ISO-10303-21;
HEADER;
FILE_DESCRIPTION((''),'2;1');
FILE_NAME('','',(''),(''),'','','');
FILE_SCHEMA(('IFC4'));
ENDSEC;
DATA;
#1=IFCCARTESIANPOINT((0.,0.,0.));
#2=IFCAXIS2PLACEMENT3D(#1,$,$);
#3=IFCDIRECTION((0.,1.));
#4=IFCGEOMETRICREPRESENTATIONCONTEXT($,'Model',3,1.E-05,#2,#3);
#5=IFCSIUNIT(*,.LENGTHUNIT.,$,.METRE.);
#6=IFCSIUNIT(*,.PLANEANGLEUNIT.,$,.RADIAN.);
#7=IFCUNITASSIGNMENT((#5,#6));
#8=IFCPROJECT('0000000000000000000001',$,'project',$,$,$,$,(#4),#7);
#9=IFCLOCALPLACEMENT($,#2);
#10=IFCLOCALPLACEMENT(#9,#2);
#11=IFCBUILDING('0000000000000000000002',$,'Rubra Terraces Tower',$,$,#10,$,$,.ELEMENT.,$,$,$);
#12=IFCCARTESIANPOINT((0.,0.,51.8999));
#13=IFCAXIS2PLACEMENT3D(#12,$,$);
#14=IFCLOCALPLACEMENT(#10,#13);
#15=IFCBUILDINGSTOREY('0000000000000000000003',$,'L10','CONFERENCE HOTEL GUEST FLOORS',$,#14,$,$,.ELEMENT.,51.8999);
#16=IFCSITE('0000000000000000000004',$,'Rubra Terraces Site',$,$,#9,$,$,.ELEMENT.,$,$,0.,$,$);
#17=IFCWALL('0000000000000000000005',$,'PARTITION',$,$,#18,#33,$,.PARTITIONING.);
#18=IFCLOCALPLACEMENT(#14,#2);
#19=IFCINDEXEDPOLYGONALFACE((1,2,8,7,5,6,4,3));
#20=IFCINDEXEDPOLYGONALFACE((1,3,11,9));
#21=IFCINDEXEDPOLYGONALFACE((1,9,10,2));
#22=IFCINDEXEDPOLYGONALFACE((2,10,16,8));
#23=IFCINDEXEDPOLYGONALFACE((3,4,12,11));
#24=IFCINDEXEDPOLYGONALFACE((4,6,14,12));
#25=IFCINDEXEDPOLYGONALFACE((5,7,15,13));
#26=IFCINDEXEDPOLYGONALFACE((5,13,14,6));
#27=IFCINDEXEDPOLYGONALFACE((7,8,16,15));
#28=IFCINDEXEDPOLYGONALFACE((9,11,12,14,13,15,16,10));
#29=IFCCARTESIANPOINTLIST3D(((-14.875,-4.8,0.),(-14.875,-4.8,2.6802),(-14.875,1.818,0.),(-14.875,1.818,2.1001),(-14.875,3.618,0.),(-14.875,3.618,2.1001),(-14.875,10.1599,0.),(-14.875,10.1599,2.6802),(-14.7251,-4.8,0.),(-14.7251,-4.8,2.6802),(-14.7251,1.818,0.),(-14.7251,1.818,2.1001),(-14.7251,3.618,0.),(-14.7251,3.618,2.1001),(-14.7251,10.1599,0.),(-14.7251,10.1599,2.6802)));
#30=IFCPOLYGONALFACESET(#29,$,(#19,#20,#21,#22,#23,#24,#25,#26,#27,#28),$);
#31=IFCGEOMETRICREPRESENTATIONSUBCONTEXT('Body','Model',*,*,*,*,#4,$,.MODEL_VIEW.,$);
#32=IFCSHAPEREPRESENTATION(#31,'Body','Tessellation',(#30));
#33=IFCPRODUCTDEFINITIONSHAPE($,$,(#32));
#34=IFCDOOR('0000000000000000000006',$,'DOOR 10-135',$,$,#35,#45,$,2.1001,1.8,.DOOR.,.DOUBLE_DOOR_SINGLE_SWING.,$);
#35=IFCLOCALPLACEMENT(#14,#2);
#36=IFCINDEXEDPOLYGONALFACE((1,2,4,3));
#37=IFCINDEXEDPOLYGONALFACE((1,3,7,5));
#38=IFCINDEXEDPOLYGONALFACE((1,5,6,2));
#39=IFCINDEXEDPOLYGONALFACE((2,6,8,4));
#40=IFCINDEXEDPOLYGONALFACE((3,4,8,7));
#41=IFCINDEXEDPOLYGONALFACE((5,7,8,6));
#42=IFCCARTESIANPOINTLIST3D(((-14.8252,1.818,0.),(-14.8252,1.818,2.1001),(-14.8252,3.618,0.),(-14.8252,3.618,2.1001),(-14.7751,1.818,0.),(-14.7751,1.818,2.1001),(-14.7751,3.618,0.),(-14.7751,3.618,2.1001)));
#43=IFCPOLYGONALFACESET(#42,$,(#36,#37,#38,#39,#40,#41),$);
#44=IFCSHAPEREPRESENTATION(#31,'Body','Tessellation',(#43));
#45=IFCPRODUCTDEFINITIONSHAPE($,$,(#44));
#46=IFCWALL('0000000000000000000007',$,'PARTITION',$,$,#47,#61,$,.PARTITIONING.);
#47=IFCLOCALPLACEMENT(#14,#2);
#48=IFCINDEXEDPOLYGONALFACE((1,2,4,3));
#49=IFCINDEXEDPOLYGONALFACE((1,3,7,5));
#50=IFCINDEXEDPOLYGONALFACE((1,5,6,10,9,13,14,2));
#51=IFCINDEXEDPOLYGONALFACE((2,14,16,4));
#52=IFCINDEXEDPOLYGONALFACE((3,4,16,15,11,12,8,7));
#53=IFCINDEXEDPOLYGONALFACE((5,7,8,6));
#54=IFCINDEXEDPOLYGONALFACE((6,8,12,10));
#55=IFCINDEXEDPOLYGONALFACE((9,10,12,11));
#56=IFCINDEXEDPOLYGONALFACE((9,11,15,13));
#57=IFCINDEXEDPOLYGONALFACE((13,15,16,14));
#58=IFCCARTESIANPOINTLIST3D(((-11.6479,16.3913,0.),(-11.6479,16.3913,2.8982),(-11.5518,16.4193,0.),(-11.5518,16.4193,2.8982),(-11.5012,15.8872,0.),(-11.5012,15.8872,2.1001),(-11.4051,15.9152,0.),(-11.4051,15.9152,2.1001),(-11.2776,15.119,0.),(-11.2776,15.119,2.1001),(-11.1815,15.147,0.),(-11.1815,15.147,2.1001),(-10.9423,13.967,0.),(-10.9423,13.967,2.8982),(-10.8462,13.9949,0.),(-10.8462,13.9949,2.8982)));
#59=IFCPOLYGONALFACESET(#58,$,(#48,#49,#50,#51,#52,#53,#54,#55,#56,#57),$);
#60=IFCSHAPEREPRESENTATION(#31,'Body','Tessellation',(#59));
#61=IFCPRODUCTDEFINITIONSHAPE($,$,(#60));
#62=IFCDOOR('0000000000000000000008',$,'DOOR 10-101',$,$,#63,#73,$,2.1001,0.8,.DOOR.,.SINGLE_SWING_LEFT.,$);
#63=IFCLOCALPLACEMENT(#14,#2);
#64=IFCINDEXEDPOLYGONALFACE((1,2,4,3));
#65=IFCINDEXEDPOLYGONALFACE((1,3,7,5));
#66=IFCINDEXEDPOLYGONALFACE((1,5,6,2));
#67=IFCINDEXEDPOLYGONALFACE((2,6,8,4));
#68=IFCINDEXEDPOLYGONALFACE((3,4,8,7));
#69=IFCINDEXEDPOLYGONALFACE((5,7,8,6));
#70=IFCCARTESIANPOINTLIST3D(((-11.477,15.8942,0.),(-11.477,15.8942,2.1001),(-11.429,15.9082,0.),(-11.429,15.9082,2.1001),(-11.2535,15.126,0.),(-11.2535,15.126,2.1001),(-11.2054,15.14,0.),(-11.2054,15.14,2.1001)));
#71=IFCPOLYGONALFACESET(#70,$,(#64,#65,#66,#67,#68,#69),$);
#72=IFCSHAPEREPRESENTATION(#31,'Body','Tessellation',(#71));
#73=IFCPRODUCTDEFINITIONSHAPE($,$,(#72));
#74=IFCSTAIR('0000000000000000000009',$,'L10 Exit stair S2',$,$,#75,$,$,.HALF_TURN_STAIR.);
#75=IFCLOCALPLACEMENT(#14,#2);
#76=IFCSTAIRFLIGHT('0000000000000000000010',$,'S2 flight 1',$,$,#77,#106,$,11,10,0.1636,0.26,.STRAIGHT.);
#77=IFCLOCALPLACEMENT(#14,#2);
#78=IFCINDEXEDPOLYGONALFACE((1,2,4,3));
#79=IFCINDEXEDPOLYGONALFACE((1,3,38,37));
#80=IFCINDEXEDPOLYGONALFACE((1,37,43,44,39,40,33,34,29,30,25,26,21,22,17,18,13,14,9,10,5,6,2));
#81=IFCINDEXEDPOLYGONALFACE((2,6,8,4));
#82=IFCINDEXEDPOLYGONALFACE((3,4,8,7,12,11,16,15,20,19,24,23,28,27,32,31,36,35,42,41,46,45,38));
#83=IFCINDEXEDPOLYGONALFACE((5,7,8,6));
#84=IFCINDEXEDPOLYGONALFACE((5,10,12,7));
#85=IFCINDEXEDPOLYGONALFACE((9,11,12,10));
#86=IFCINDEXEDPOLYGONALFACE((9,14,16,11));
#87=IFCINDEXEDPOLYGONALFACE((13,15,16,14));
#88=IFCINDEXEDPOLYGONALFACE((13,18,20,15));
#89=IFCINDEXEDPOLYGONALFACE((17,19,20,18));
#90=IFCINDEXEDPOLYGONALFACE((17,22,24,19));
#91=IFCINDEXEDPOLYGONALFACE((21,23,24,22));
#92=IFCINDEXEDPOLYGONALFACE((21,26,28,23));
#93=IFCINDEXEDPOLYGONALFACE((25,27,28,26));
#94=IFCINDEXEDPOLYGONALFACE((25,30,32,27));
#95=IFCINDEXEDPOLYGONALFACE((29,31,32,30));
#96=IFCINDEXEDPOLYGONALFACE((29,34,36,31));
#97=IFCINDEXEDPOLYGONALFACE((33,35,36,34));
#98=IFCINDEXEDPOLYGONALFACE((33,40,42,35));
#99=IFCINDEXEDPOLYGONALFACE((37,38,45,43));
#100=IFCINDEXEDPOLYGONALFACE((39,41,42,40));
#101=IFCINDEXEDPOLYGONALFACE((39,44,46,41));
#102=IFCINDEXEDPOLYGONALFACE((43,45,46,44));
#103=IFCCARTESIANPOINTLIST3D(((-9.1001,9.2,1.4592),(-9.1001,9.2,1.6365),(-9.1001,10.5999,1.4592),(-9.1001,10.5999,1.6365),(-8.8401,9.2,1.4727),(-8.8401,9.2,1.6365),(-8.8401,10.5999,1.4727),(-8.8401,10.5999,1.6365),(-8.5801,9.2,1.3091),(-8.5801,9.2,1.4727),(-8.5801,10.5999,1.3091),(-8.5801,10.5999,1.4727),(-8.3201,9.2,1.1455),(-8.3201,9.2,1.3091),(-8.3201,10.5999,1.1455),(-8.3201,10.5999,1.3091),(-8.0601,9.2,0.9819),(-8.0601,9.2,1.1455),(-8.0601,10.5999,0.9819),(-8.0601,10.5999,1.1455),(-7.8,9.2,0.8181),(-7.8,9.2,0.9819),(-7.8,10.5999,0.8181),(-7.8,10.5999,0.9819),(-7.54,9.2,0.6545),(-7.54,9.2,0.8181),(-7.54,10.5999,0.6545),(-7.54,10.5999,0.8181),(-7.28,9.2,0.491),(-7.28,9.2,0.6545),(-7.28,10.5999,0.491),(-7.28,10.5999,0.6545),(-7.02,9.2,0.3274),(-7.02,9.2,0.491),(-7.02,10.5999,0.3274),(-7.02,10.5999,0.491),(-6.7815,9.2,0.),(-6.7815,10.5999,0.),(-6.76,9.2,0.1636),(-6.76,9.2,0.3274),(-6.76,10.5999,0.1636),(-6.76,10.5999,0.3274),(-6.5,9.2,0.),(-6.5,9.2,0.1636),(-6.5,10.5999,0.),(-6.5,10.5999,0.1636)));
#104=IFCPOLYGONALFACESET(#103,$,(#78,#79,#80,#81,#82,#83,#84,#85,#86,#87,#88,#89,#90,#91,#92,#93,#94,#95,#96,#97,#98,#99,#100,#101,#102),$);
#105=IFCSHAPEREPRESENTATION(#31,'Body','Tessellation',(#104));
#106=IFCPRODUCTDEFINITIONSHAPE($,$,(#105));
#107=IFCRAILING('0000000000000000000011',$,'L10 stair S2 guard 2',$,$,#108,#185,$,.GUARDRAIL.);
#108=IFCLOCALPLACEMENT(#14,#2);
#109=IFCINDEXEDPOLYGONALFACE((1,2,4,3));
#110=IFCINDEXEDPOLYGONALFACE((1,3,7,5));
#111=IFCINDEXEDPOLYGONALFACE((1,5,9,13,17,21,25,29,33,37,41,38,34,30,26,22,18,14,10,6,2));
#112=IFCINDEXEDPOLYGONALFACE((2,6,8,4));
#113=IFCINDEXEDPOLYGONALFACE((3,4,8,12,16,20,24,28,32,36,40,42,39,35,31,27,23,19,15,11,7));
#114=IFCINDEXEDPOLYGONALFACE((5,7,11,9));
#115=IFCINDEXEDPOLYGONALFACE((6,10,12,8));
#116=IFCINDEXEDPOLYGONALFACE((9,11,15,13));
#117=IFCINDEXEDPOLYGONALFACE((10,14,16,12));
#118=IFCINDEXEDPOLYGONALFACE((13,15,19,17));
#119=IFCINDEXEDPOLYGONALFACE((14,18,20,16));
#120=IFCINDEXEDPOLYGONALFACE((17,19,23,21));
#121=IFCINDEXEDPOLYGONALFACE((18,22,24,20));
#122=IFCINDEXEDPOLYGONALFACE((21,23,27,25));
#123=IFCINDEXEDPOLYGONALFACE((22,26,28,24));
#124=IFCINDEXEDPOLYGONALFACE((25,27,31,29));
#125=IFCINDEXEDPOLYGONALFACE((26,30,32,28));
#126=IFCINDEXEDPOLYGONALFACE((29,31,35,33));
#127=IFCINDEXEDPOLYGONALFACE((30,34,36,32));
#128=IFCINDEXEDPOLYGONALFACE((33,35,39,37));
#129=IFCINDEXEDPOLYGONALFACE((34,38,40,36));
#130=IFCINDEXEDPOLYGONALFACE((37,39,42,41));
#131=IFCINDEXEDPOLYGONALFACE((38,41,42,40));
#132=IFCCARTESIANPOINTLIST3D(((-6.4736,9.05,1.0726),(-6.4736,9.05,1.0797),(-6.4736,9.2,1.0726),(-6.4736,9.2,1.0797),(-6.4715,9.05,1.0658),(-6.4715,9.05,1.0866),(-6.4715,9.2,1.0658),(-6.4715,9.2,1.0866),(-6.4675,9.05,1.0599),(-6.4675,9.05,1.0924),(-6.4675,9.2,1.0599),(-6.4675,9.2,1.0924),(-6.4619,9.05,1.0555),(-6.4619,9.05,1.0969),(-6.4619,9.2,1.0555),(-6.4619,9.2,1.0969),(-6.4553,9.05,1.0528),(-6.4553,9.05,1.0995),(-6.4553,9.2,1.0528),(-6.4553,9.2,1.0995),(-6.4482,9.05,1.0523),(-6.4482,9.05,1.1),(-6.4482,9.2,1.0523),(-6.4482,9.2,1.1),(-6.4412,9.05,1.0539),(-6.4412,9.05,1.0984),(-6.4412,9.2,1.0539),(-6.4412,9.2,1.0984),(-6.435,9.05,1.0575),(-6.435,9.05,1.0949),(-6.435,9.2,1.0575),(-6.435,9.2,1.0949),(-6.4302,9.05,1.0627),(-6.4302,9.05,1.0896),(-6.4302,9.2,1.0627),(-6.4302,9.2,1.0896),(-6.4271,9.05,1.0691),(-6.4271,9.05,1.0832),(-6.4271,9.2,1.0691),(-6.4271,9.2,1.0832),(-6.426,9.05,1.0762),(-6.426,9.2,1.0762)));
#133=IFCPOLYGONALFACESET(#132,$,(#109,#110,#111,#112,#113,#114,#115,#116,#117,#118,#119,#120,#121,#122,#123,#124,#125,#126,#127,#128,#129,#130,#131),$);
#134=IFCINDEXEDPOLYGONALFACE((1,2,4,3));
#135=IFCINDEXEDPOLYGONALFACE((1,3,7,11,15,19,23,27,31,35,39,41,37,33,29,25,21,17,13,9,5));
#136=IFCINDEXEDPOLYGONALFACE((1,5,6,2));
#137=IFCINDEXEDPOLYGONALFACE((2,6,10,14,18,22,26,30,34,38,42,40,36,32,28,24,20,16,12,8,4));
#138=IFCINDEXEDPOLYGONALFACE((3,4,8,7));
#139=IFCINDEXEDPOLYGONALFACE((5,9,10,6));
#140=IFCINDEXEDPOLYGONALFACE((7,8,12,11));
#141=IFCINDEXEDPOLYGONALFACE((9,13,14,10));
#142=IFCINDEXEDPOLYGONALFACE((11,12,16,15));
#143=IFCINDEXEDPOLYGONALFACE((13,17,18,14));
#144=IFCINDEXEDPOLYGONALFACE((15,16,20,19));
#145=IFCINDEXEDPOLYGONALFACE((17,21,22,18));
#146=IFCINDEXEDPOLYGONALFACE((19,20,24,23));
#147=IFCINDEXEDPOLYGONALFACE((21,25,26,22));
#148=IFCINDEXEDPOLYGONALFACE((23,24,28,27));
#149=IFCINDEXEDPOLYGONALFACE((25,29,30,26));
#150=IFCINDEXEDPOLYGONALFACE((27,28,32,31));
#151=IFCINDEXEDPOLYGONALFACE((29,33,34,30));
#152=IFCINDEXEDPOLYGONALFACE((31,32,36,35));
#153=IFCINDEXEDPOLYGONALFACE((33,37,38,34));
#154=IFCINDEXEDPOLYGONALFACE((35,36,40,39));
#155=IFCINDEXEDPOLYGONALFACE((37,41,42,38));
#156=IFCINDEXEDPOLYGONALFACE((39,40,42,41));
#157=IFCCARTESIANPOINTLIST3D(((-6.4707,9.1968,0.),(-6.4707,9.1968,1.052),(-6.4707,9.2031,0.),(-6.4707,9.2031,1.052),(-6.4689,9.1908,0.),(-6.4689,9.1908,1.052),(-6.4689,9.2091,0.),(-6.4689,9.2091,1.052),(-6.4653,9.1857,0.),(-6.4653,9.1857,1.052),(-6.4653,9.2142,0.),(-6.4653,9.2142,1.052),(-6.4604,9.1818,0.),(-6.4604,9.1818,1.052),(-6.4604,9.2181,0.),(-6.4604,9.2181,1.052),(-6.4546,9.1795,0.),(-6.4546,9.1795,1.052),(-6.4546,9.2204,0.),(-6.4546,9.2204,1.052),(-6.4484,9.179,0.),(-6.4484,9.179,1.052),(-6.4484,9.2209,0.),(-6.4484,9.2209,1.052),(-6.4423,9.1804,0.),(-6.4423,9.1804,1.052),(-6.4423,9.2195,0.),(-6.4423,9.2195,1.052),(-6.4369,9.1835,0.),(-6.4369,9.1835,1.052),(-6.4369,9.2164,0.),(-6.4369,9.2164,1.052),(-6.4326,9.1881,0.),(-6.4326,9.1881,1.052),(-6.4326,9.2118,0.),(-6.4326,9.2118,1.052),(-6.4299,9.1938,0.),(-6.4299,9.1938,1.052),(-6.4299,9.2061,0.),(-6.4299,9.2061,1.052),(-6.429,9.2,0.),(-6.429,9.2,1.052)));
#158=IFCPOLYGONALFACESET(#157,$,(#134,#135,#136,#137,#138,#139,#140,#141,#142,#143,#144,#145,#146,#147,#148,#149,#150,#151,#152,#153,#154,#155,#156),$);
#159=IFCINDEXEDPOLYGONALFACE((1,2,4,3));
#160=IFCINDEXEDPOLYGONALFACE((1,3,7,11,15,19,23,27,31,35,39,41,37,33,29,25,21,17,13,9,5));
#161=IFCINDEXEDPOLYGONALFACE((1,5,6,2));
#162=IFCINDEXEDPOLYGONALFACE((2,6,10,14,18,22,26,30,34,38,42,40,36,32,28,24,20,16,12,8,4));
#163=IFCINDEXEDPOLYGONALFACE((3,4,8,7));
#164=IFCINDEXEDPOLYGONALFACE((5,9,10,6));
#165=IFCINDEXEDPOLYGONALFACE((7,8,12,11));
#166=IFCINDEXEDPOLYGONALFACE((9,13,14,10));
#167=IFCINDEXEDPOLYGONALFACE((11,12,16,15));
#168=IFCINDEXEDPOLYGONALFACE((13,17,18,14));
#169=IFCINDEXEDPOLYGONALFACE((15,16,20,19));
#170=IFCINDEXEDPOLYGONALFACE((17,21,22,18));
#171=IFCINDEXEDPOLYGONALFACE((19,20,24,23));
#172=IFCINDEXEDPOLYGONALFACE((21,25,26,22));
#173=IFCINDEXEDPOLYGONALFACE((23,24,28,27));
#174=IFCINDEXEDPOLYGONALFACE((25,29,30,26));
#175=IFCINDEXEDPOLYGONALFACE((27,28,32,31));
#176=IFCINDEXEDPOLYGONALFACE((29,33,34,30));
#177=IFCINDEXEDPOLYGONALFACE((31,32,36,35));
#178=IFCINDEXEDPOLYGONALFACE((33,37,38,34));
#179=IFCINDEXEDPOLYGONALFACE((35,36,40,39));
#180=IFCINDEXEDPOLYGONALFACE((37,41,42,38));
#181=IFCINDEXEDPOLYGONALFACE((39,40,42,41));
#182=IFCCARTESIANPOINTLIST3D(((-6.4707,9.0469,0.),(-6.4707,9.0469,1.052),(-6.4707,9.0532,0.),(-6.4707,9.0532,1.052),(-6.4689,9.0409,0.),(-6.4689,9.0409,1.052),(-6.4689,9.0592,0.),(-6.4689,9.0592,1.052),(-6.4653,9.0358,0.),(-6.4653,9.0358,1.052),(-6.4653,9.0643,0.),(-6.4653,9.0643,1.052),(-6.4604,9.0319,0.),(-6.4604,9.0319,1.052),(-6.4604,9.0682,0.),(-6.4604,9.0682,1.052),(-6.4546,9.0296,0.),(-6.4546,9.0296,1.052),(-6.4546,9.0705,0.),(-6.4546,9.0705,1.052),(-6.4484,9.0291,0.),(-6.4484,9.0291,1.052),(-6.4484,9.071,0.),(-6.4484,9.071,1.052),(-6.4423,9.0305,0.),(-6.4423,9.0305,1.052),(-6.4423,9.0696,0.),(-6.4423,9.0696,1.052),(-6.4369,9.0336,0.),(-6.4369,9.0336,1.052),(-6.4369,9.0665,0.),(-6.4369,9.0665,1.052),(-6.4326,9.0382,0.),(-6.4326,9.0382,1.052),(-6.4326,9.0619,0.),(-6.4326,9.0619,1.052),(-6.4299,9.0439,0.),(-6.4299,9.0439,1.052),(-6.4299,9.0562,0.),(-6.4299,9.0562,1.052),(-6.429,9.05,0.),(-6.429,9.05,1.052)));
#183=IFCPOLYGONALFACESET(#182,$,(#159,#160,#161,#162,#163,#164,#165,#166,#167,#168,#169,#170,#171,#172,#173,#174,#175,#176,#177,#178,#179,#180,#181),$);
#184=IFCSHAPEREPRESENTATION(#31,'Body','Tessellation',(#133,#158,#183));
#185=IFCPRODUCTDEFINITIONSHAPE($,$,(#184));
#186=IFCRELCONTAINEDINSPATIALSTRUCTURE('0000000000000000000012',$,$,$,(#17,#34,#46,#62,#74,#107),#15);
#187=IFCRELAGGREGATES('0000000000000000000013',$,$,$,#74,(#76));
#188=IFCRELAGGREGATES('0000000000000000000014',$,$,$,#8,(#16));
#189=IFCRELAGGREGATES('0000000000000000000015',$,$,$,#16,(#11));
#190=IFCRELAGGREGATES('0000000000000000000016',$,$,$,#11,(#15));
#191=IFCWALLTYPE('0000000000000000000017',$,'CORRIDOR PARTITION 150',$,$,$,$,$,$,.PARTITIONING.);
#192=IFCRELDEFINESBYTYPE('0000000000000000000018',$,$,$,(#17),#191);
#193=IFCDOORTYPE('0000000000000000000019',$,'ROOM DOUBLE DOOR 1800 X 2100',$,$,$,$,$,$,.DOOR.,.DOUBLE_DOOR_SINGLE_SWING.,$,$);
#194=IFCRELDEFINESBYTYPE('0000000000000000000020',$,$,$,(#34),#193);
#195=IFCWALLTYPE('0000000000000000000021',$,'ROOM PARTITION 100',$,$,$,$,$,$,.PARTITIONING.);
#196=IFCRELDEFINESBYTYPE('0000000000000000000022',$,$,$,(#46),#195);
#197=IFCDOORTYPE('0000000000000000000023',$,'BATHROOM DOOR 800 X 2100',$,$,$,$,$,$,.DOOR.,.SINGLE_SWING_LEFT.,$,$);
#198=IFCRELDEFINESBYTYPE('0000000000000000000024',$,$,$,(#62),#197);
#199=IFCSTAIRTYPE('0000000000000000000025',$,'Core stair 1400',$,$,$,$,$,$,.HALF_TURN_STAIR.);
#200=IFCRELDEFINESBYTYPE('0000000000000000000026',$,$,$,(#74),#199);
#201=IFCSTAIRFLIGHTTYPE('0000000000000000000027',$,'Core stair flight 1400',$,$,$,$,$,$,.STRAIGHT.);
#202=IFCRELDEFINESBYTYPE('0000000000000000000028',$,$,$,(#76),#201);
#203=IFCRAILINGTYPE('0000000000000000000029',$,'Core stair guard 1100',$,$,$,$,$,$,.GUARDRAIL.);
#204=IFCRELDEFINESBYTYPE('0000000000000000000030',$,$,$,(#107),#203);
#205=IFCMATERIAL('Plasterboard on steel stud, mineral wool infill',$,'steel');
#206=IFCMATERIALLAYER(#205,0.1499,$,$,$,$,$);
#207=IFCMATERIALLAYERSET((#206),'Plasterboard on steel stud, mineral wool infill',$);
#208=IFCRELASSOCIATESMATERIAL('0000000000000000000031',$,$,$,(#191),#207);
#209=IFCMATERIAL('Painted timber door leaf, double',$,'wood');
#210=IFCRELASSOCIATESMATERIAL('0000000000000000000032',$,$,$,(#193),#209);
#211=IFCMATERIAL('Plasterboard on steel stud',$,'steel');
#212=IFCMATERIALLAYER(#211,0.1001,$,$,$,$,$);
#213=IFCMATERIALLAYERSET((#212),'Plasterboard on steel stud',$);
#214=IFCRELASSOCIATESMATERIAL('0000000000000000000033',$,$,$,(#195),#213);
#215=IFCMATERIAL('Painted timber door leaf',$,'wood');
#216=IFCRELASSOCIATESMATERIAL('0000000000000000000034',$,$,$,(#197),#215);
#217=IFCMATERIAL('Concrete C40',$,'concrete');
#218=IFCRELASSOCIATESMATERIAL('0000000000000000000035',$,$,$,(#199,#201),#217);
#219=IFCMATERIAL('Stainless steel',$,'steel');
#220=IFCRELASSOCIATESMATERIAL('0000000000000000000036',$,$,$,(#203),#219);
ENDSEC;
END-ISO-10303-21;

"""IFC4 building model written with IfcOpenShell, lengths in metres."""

from ifc_helpers import new_model, si_unit, direction, frame, frame_2d, origin, origin_2d, place, context, subcontext, project, spatial, polyline, rectangle, circle, outline, extrude, material, layer, layer_set, type_object, element, fill, aggregate, save


model = new_model("IFC4")

# Units and contexts
model_context = context("Model", 3, precision=1e-05, world=origin(), true_north=direction((0.0, 1.0)))
body_context = subcontext(model_context, "Body", "Model", "MODEL_VIEW")
ifc_project = project(units=[si_unit("LENGTHUNIT", "METRE"), si_unit("PLANEANGLEUNIT", "RADIAN")], contexts=[model_context])

# Site, building, storey
site_placement = place(None, origin())
site = spatial("IfcSite", under=ifc_project, at=site_placement, Name="Rubra Terraces Site", CompositionType="ELEMENT", RefElevation=0.0)
building_placement = place(site_placement, origin())
building = spatial("IfcBuilding", under=site, at=building_placement, Name="Rubra Terraces Tower", CompositionType="ELEMENT")
storey_placement = place(building_placement, frame((0.0, 0.0, 51.8999)))
storey = spatial("IfcBuildingStorey", under=building, at=storey_placement, Name="L10", Description="CONFERENCE HOTEL GUEST FLOORS", CompositionType="ELEMENT", Elevation=51.8999)

# Shared definitions
ifc_material_1 = material(Name="Plasterboard on steel stud, mineral wool infill", Category="steel")
ifc_layer_1 = layer(ifc_material_1, 0.1499)
ifc_layer_set_1 = layer_set([ifc_layer_1], Name="Plasterboard on steel stud, mineral wool infill")
wall_type_1 = type_object("IfcWallType", Name="CORRIDOR PARTITION 150", PredefinedType="PARTITIONING", material=ifc_layer_set_1)

# Shared definitions
ifc_material_2 = material(Name="Painted timber door leaf", Category="wood")

# Walls, openings, doors
wall_1_placement = place(storey_placement, frame((-14.8, 10.1599, 0.0), z_axis=(0.0, 0.0, 1.0), x_axis=(0.0, -1.0, 0.0)))
wall_1 = element("IfcWall", 1, at=wall_1_placement, inside=storey, type_object=wall_type_1, Name="PARTITION", PredefinedType="PARTITIONING", context=body_context, shape_type="SweptSolid", body=[
    extrude(rectangle(XDim=14.96, YDim=0.1499, at=frame_2d((7.48, 0.0))), origin(), (0.0, 0.0, 1.0), 2.6802),
])
opening_1_placement = place(wall_1_placement, frame((6.542, 0.0, 0.0)))
opening_1 = element("IfcOpeningElement", 2, at=opening_1_placement, cuts=wall_1, PredefinedType="OPENING", context=body_context, shape_type="SweptSolid", body=[
    extrude(rectangle(XDim=1.8, YDim=2.1001, at=frame_2d((0.8999, 1.05))), frame((0.0, 0.085, 0.0), z_axis=(0.0, -1.0, 0.0), x_axis=(1.0, 0.0, 0.0)), (0.0, 0.0, 1.0), 0.1699),
])
ifc_material_3 = material(Name="Painted timber door leaf, double", Category="wood")
door_type_1 = type_object("IfcDoorType", Name="ROOM DOUBLE DOOR 1800 X 2100", OperationType="DOUBLE_DOOR_SINGLE_SWING", PredefinedType="DOOR", material=ifc_material_3)
door_1_placement = place(opening_1_placement, origin())
door_1 = element("IfcDoor", 3, at=door_1_placement, inside=storey, type_object=door_type_1, Name="DOOR 10-135", OperationType="DOUBLE_DOOR_SINGLE_SWING", OverallHeight=2.1001, OverallWidth=1.8, PredefinedType="DOOR", context=body_context, shape_type="SweptSolid", body=[
    extrude(rectangle(XDim=1.8, YDim=2.1001, at=frame_2d((0.8999, 1.05))), frame((0.0, 0.0249, 0.0), z_axis=(0.0, -1.0, 0.0), x_axis=(1.0, 0.0, 0.0)), (0.0, 0.0, 1.0), 0.05),
])
fill(opening_1, door_1)
ifc_material_4 = material(Name="Plasterboard on steel stud", Category="steel")
ifc_layer_2 = layer(ifc_material_4, 0.1001)
ifc_layer_set_2 = layer_set([ifc_layer_2], Name="Plasterboard on steel stud")
wall_type_2 = type_object("IfcWallType", Name="ROOM PARTITION 100", PredefinedType="PARTITIONING", material=ifc_layer_set_2)
wall_2_placement = place(storey_placement, frame((-10.8943, 13.981, 0.0), z_axis=(0.0, 0.0, 1.0), x_axis=(-0.279443, 0.960162, 0.0)))
wall_2 = element("IfcWall", 4, at=wall_2_placement, inside=storey, type_object=wall_type_2, Name="PARTITION", PredefinedType="PARTITIONING", context=body_context, shape_type="SweptSolid", body=[
    extrude(rectangle(XDim=2.5249, YDim=0.1001, at=frame_2d((1.2625, 0.0))), origin(), (0.0, 0.0, 1.0), 2.8982),
])
opening_2_placement = place(wall_2_placement, frame((1.2, 0.0, 0.0)))
opening_2 = element("IfcOpeningElement", 5, at=opening_2_placement, cuts=wall_2, PredefinedType="OPENING", context=body_context, shape_type="SweptSolid", body=[
    extrude(rectangle(XDim=0.8, YDim=2.1001, at=frame_2d((0.3999, 1.05))), frame((0.0, 0.0601, 0.0), z_axis=(0.0, -1.0, 0.0), x_axis=(1.0, 0.0, 0.0)), (0.0, 0.0, 1.0), 0.1201),
])
door_type_2 = type_object("IfcDoorType", Name="BATHROOM DOOR 800 X 2100", OperationType="SINGLE_SWING_LEFT", PredefinedType="DOOR", material=ifc_material_2)
door_2_placement = place(opening_2_placement, origin())
door_2 = element("IfcDoor", 6, at=door_2_placement, inside=storey, type_object=door_type_2, Name="DOOR 10-101", OperationType="SINGLE_SWING_LEFT", OverallHeight=2.1001, OverallWidth=0.8, PredefinedType="DOOR", context=body_context, shape_type="SweptSolid", body=[
    extrude(rectangle(XDim=0.8, YDim=2.1001, at=frame_2d((0.3999, 1.05))), frame((0.0, 0.0249, 0.0), z_axis=(0.0, -1.0, 0.0), x_axis=(1.0, 0.0, 0.0)), (0.0, 0.0, 1.0), 0.05),
])
fill(opening_2, door_2)

# Stair, stair flight
ifc_material_5 = material(Name="Concrete C40", Category="concrete")
stair_type = type_object("IfcStairType", Name="Core stair 1400", PredefinedType="HALF_TURN_STAIR", material=ifc_material_5)
stair_placement = place(storey_placement, origin())
stair = element("IfcStair", 7, at=stair_placement, inside=storey, type_object=stair_type, Name="L10 Exit stair S2", PredefinedType="HALF_TURN_STAIR")
stair_flight_type = type_object("IfcStairFlightType", Name="Core stair flight 1400", PredefinedType="STRAIGHT", material=ifc_material_5)
stair_flight_placement = place(storey_placement, frame((-6.5, 9.8999, 0.0), z_axis=(0.0, 0.0, 1.0), x_axis=(-1.0, 0.0, 0.0)))
stair_flight = element("IfcStairFlight", 8, at=stair_flight_placement, type_object=stair_flight_type, Name="S2 flight 1", NumberOfRisers=11, NumberOfTreads=10, PredefinedType="STRAIGHT", RiserHeight=0.1636, TreadLength=0.26, context=body_context, shape_type="SweptSolid", body=[
    extrude(outline(polyline([(0.0, 0.0), (0.0, 0.1636), (0.26, 0.1636), (0.26, 0.3274), (0.52, 0.3274), (0.52, 0.491), (0.78, 0.491), (0.78, 0.6545), (1.04, 0.6545), (1.04, 0.8181), (1.3, 0.8181), (1.3, 0.9819), (1.5601, 0.9819), (1.5601, 1.1455), (1.8201, 1.1455), (1.8201, 1.3091), (2.0801, 1.3091), (2.0801, 1.4727), (2.3401, 1.4727), (2.3401, 1.6365), (2.6001, 1.6365), (2.6001, 1.8), (2.6001, 1.4592), (0.2815, 0.0), (0.0, 0.0)])), frame((0.0, 0.7, 0.0), z_axis=(0.0, -1.0, 0.0), x_axis=(1.0, 0.0, 0.0)), (0.0, 0.0, 1.0), 1.3999),
])
aggregate(stair, [stair_flight])

# Railing
ifc_material_6 = material(Name="Stainless steel", Category="steel")
railing_type_1 = type_object("IfcRailingType", Name="Core stair guard 1100", PredefinedType="GUARDRAIL", material=ifc_material_6)
railing_1_placement = place(storey_placement, frame((-6.45, 9.2, 0.0)))
element("IfcRailing", 9, at=railing_1_placement, inside=storey, type_object=railing_type_1, Name="L10 stair S2 guard 2", PredefinedType="GUARDRAIL", context=body_context, shape_type="SweptSolid", body=[
    extrude(circle(Radius=0.0239, at=origin_2d()), frame((0.0, 0.0, 1.0762), z_axis=(0.0, -1.0, 0.0), x_axis=(1.0, 0.0, 0.0)), (0.0, 0.0, 1.0), 0.1499),
    extrude(circle(Radius=0.021, at=origin_2d()), origin(), (0.0, 0.0, 1.0), 1.052),
    extrude(circle(Radius=0.021, at=origin_2d()), frame((0.0, -0.1499, 0.0)), (0.0, 0.0, 1.0), 1.052),
])

save(model, "model.ifc")
